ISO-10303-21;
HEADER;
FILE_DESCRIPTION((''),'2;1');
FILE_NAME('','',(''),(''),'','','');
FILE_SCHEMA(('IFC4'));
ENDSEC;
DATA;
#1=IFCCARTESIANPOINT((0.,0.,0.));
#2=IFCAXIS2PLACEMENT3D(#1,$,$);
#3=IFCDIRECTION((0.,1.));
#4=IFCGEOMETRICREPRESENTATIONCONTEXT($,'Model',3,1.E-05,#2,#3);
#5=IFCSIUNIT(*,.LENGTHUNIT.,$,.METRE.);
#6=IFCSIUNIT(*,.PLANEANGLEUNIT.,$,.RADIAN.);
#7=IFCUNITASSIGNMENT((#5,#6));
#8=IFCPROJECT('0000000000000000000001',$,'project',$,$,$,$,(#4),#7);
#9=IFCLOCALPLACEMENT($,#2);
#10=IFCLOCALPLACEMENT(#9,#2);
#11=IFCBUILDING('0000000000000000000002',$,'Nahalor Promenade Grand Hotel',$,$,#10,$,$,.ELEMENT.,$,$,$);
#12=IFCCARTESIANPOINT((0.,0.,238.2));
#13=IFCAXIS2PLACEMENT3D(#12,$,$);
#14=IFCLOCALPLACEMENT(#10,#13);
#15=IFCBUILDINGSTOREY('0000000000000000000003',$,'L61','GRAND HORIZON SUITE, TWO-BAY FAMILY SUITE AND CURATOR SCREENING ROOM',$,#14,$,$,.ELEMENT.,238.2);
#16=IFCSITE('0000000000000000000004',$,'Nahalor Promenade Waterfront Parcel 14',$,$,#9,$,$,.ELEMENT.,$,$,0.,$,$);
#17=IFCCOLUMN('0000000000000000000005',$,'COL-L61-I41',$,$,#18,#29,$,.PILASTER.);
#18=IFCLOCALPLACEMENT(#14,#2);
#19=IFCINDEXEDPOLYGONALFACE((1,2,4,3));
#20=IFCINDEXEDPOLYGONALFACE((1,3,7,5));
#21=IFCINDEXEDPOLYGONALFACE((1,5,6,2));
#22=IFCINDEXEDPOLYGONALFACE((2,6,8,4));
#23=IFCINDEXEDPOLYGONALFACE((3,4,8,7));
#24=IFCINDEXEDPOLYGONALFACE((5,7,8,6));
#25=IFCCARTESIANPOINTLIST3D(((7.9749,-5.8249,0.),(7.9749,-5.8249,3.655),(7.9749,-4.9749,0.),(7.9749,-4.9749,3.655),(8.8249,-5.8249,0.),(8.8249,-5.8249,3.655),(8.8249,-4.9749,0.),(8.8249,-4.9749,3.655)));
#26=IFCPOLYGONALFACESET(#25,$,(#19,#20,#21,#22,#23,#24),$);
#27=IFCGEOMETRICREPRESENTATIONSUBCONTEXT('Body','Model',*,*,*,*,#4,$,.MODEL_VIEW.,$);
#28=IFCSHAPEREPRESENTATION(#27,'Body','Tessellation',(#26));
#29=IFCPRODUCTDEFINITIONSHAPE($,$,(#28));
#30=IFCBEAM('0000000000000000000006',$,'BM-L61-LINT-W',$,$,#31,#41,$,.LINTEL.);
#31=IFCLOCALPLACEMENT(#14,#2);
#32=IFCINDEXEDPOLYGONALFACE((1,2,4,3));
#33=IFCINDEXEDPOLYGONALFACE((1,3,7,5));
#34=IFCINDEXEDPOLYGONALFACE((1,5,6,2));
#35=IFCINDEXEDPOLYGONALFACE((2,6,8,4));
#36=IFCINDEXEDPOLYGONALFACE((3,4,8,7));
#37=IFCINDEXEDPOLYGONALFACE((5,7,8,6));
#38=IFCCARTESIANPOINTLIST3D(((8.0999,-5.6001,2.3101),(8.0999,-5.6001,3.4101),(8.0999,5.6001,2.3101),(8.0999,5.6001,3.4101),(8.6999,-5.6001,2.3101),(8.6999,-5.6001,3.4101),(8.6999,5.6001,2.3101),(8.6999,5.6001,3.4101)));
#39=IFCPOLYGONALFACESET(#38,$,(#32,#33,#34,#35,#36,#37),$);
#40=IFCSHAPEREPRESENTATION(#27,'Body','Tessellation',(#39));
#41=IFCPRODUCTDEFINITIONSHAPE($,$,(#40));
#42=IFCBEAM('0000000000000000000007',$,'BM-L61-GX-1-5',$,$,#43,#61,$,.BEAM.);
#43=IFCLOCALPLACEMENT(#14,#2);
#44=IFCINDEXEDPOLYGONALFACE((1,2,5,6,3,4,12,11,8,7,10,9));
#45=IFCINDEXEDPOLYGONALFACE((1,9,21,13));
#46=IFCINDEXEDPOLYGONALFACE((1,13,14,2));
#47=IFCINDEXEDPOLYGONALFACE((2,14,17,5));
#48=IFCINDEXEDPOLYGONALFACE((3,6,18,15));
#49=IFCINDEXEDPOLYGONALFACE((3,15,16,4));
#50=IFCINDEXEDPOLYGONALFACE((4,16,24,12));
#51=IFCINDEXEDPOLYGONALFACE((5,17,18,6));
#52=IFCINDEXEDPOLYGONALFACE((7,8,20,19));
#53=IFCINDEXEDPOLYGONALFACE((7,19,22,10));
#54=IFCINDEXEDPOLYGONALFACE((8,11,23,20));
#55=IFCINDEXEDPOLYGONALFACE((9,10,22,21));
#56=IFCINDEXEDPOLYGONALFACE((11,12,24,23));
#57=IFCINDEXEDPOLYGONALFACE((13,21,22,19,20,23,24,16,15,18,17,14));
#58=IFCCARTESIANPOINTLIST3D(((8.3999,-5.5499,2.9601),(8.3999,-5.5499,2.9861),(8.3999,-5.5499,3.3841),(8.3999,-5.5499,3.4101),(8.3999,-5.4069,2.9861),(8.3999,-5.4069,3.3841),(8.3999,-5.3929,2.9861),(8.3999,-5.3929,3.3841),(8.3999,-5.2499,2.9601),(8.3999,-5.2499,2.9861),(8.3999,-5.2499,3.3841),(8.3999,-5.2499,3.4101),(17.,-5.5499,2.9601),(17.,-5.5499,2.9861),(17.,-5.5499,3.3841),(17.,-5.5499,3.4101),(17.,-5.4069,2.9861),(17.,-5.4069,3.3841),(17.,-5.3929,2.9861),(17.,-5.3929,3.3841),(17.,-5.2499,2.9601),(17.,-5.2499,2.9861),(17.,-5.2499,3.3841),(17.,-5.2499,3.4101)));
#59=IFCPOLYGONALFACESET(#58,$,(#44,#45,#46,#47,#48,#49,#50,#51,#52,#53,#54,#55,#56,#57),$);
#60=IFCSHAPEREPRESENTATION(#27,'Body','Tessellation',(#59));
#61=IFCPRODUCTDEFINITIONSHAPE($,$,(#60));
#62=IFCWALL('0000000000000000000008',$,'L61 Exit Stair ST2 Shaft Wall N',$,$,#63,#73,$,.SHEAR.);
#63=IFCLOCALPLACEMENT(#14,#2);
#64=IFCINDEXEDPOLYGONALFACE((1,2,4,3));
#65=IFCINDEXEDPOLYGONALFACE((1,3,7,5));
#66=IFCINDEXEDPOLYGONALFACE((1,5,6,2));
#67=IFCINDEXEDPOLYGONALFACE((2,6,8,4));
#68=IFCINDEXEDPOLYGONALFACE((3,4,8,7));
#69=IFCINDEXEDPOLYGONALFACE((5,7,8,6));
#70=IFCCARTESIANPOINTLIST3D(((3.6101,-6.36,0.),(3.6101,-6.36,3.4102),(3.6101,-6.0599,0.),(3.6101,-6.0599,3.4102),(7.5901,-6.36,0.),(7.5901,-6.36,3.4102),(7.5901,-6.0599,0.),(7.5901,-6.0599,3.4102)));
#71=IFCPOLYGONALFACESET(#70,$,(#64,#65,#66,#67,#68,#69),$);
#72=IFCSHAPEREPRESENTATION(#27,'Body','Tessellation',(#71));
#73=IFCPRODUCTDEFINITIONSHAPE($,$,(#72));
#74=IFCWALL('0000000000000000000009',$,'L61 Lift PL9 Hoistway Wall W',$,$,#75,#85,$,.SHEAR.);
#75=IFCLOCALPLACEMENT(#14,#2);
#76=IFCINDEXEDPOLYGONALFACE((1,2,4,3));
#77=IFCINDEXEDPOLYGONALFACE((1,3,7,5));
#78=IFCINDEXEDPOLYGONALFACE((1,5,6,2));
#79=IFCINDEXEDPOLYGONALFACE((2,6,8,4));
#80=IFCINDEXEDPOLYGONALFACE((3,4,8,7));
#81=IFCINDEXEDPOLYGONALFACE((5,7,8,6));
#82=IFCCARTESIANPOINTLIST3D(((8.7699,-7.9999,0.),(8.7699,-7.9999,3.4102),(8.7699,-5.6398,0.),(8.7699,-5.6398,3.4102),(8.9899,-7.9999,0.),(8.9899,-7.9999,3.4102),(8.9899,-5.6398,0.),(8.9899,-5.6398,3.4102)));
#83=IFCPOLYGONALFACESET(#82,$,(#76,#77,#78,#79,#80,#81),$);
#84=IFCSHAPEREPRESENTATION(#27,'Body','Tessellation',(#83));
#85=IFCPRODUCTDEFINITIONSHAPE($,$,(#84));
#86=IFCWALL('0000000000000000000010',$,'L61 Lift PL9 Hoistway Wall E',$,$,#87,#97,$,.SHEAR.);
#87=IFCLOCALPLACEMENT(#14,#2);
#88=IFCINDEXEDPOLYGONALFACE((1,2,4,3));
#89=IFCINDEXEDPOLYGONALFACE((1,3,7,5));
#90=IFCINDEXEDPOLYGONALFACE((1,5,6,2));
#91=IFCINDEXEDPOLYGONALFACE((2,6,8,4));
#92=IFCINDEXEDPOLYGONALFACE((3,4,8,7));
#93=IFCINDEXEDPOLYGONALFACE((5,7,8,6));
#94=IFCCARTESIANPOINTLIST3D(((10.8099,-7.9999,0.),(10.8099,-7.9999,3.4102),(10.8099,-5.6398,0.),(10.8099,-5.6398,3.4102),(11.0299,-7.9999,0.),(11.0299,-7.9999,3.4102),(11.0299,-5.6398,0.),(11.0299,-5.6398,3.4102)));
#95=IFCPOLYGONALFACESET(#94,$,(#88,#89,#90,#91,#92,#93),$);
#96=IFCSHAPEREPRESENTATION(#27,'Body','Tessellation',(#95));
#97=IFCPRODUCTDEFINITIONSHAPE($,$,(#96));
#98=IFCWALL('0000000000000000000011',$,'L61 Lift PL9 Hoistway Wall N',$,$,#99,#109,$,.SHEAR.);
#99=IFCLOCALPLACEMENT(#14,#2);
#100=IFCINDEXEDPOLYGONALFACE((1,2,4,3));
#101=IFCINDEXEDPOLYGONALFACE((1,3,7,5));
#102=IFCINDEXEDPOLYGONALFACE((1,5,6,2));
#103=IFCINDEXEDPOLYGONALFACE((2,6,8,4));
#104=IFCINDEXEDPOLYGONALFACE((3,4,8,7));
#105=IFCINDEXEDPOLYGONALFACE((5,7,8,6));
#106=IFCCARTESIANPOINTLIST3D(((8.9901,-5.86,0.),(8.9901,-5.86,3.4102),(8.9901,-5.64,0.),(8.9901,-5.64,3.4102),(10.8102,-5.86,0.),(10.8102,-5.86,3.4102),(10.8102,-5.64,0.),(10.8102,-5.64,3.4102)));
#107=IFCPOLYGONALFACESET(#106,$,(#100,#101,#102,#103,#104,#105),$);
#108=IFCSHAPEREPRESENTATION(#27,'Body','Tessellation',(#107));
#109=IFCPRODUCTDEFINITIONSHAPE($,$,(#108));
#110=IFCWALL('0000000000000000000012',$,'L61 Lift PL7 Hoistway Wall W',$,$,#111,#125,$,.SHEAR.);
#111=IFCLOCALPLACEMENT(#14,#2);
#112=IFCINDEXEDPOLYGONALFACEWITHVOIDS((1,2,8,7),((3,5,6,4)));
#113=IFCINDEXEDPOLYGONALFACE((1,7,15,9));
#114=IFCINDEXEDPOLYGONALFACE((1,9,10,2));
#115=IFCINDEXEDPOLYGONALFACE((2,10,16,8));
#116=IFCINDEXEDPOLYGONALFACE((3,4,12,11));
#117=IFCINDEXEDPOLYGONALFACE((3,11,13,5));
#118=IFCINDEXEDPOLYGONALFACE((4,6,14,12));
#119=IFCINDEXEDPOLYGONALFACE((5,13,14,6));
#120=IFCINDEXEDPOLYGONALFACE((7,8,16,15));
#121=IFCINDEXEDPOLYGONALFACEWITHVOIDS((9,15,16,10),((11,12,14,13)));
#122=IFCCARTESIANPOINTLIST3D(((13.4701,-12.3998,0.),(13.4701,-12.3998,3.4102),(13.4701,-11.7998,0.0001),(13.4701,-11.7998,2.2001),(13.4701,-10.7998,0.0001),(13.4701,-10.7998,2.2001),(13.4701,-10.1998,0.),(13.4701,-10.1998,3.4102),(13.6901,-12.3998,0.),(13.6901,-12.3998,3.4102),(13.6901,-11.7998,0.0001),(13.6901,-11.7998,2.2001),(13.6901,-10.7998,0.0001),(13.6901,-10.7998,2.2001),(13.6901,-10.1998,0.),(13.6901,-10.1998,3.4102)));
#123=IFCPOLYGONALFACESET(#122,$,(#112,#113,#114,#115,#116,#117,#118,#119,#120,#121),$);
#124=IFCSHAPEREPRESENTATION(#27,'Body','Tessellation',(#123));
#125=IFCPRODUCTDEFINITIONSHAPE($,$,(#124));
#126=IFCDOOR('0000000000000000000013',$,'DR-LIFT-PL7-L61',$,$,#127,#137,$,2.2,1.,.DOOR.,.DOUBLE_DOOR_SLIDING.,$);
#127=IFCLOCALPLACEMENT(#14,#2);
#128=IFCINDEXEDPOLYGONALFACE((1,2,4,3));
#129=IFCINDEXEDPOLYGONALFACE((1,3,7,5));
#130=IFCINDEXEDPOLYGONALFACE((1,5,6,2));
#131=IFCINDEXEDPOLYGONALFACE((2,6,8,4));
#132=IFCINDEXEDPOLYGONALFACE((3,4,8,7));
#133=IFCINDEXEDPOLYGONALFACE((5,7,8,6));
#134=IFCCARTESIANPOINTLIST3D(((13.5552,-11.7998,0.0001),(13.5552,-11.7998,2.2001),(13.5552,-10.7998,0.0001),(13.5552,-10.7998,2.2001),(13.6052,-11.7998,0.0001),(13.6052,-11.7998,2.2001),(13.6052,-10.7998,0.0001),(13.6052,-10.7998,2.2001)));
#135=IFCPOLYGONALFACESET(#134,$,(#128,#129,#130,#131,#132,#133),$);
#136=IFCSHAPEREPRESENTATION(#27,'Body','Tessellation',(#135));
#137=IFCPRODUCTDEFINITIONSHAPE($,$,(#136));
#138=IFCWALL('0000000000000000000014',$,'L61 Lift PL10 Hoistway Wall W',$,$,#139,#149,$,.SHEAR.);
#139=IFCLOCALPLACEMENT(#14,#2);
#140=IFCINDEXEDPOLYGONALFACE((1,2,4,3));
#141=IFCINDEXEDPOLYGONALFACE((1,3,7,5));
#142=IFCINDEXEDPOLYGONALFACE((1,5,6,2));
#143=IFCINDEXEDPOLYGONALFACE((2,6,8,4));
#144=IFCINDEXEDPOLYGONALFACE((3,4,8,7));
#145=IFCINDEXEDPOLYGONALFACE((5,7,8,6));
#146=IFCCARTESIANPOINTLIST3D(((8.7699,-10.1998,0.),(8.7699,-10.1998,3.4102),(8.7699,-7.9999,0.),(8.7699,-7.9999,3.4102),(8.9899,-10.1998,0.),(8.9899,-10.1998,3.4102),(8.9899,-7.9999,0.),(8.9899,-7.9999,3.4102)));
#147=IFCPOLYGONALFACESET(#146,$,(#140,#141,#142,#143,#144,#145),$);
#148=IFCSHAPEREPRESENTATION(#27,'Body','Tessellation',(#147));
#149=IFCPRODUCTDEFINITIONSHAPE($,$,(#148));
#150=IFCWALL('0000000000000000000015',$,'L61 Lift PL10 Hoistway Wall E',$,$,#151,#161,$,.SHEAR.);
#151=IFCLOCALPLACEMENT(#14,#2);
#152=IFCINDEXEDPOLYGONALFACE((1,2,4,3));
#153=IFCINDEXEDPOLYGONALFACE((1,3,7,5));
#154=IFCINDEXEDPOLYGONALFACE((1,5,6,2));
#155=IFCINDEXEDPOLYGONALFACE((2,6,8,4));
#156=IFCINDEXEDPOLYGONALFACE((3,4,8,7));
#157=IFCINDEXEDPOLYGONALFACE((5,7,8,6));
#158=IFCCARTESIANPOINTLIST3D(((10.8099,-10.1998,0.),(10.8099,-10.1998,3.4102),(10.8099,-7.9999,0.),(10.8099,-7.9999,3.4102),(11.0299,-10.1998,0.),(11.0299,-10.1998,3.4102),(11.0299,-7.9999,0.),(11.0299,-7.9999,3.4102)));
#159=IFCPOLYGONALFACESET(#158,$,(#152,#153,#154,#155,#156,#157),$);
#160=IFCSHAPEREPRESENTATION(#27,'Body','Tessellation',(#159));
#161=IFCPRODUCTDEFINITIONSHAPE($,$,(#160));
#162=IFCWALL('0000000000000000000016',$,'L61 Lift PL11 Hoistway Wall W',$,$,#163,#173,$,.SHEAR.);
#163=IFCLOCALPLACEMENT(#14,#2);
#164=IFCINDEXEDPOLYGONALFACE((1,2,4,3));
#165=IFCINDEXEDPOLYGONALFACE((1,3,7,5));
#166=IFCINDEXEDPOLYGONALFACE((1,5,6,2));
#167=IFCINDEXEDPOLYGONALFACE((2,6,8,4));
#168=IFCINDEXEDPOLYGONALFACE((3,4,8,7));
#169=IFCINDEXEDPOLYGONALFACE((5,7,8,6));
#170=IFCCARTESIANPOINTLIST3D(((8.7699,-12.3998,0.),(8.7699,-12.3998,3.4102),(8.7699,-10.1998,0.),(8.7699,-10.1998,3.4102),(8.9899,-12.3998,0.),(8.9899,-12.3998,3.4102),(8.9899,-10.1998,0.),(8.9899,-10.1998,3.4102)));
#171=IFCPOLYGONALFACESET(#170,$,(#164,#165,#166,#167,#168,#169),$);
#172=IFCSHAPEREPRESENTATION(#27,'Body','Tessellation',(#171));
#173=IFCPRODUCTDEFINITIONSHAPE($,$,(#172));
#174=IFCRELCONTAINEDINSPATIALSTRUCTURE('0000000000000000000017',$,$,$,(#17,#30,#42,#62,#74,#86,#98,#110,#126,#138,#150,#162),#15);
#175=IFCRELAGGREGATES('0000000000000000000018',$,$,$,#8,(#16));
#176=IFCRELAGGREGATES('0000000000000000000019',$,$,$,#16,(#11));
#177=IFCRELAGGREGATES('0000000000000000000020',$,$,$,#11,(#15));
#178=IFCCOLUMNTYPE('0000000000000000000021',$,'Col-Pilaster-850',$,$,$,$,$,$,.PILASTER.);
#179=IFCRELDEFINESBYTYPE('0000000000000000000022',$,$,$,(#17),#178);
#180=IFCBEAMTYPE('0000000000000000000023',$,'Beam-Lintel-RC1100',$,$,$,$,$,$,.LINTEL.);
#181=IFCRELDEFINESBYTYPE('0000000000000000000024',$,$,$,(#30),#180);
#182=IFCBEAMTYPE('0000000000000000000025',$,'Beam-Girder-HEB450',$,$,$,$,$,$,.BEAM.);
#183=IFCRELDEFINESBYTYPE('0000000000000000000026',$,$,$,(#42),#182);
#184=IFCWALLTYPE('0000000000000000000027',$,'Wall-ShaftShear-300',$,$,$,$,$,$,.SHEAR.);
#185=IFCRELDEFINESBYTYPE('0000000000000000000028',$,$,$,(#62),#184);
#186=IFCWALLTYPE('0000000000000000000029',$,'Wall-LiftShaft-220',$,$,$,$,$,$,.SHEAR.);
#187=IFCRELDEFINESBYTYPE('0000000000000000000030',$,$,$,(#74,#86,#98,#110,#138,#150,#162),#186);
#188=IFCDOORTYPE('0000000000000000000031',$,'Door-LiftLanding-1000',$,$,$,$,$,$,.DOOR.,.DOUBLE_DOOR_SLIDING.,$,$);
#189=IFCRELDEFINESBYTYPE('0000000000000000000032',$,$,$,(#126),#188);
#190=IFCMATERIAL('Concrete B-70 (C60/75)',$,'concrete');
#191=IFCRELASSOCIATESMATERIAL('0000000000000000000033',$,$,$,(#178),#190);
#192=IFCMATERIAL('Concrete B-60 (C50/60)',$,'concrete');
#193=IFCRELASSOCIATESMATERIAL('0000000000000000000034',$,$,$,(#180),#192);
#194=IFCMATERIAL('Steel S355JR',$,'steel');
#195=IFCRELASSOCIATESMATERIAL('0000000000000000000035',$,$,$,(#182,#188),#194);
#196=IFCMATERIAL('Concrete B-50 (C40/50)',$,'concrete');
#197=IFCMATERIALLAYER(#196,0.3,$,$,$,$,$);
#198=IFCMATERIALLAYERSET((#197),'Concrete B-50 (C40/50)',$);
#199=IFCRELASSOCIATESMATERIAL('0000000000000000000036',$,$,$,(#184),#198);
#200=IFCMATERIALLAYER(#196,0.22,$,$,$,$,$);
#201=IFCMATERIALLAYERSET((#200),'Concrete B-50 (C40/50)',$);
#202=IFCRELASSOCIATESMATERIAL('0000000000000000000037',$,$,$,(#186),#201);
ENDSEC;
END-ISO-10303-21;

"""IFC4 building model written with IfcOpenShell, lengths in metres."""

from ifc_helpers import new_model, si_unit, direction, frame, frame_2d, origin, origin_2d, place, context, subcontext, project, spatial, rectangle, i_section, extrude, source, transform, mapped, material, layer, layer_set, material_profile, profile_set, type_object, element, fill, save


model = new_model("IFC4")

# Units and contexts
model_context = context("Model", 3, precision=1e-05, world=origin(), true_north=direction((0.0, 1.0)))
body_context = subcontext(model_context, "Body", "Model", "MODEL_VIEW")
ifc_project = project(units=[si_unit("LENGTHUNIT", "METRE"), si_unit("PLANEANGLEUNIT", "RADIAN")], contexts=[model_context])

# Site, building, storey
site_placement = place(None, origin())
site = spatial("IfcSite", under=ifc_project, at=site_placement, Name="Nahalor Promenade Waterfront Parcel 14", CompositionType="ELEMENT", RefElevation=0.0)
building_placement = place(site_placement, origin())
building = spatial("IfcBuilding", under=site, at=building_placement, Name="Nahalor Promenade Grand Hotel", CompositionType="ELEMENT")
storey_placement = place(building_placement, frame((0.0, 0.0, 238.2)))
storey = spatial("IfcBuildingStorey", under=building, at=storey_placement, Name="L61", Description="GRAND HORIZON SUITE, TWO-BAY FAMILY SUITE AND CURATOR SCREENING ROOM", CompositionType="ELEMENT", Elevation=238.2)

# Column
ifc_material_1 = material(Name="Concrete B-70 (C60/75)", Category="concrete")
ifc_material_profile_1 = material_profile(ifc_material_1, rectangle(XDim=0.85, YDim=0.85, at=origin_2d()), Name="RC 850x850")
ifc_profile_set_1 = profile_set([ifc_material_profile_1], Name="Concrete B-70 (C60/75)")
column_type = type_object("IfcColumnType", Name="Col-Pilaster-850", PredefinedType="PILASTER", material=ifc_profile_set_1)
shared_shape_1 = source(origin(), body_context, "Body", "SweptSolid", [
    extrude(rectangle(XDim=0.85, YDim=0.85, at=origin_2d()), origin(), (0.0, 0.0, 1.0), 3.655),
])
column_placement = place(storey_placement, frame((8.3999, -5.3999, 0.0), z_axis=(0.0, 0.0, 1.0), x_axis=(1.0, 0.0, 0.0)))
element("IfcColumn", 1, at=column_placement, inside=storey, type_object=column_type, Name="COL-L61-I41", PredefinedType="PILASTER", context=body_context, shape_type="MappedRepresentation", body=[
    mapped(shared_shape_1, transform((0.0, 0.0, 0.0), scale=1.0)),
])

# Beams
ifc_material_2 = material(Name="Concrete B-60 (C50/60)", Category="concrete")
ifc_material_profile_2 = material_profile(ifc_material_2, rectangle(XDim=0.6, YDim=1.1, at=origin_2d()), Name="RC 600x1100")
ifc_profile_set_2 = profile_set([ifc_material_profile_2], Name="Concrete B-60 (C50/60)")
beam_type_1 = type_object("IfcBeamType", Name="Beam-Lintel-RC1100", PredefinedType="LINTEL", material=ifc_profile_set_2)
shared_shape_2 = source(origin(), body_context, "Body", "SweptSolid", [
    extrude(rectangle(XDim=0.6, YDim=1.1, at=origin_2d()), origin(), (0.0, 0.0, 1.0), 11.2002),
])
beam_1_placement = place(storey_placement, frame((8.3999, -5.6001, 2.8601), z_axis=(0.0, 1.0, 0.0), x_axis=(-1.0, 0.0, 0.0)))
element("IfcBeam", 2, at=beam_1_placement, inside=storey, type_object=beam_type_1, Name="BM-L61-LINT-W", PredefinedType="LINTEL", context=body_context, shape_type="MappedRepresentation", body=[
    mapped(shared_shape_2, transform((0.0, 0.0, 0.0), scale=1.0)),
])
ifc_material_3 = material(Name="Steel S355JR", Category="steel")
ifc_material_profile_3 = material_profile(ifc_material_3, i_section(OverallWidth=0.3, OverallDepth=0.45, WebThickness=0.014, FlangeThickness=0.026, at=origin_2d()), Name="HEB 450")
ifc_profile_set_3 = profile_set([ifc_material_profile_3], Name="Steel S355JR")
beam_type_2 = type_object("IfcBeamType", Name="Beam-Girder-HEB450", PredefinedType="BEAM", material=ifc_profile_set_3)
shared_shape_3 = source(origin(), body_context, "Body", "SweptSolid", [
    extrude(i_section(OverallWidth=0.3, OverallDepth=0.45, WebThickness=0.014, FlangeThickness=0.026, at=origin_2d()), origin(), (0.0, 0.0, 1.0), 8.6001),
])
beam_2_placement = place(storey_placement, frame((8.3999, -5.3999, 3.1851), z_axis=(1.0, 0.0, 0.0), x_axis=(0.0, 1.0, 0.0)))
element("IfcBeam", 3, at=beam_2_placement, inside=storey, type_object=beam_type_2, Name="BM-L61-GX-1-5", PredefinedType="BEAM", context=body_context, shape_type="MappedRepresentation", body=[
    mapped(shared_shape_3, transform((0.0, 0.0, 0.0), scale=1.0)),
])

# Walls
ifc_material_4 = material(Name="Concrete B-50 (C40/50)", Category="concrete")
ifc_layer_1 = layer(ifc_material_4, 0.3)
ifc_layer_set_1 = layer_set([ifc_layer_1], Name="Concrete B-50 (C40/50)")
wall_type_1 = type_object("IfcWallType", Name="Wall-ShaftShear-300", PredefinedType="SHEAR", material=ifc_layer_set_1)
shared_shape_4 = source(origin(), body_context, "Body", "SweptSolid", [
    extrude(rectangle(XDim=3.98, YDim=0.3, at=frame_2d((1.99, 0.0))), origin(), (0.0, 0.0, 1.0), 3.4102),
])
wall_1_placement = place(storey_placement, frame((3.6101, -6.21, 0.0), z_axis=(0.0, 0.0, 1.0), x_axis=(1.0, 0.0, 0.0)))
element("IfcWall", 4, at=wall_1_placement, inside=storey, type_object=wall_type_1, Name="L61 Exit Stair ST2 Shaft Wall N", PredefinedType="SHEAR", context=body_context, shape_type="MappedRepresentation", body=[
    mapped(shared_shape_4, transform((0.0, 0.0, 0.0), scale=1.0)),
])
ifc_layer_2 = layer(ifc_material_4, 0.22)
ifc_layer_set_2 = layer_set([ifc_layer_2], Name="Concrete B-50 (C40/50)")
wall_type_2 = type_object("IfcWallType", Name="Wall-LiftShaft-220", PredefinedType="SHEAR", material=ifc_layer_set_2)
shared_shape_5 = source(origin(), body_context, "Body", "SweptSolid", [
    extrude(rectangle(XDim=2.3601, YDim=0.22, at=frame_2d((1.1802, 0.0))), origin(), (0.0, 0.0, 1.0), 3.4102),
])
for number, where, z_axis, x_axis, name in (
    (5, (8.8799, -8.0, 0.0), (0.0, 0.0, 1.0), (0.0, 1.0, 0.0), "L61 Lift PL9 Hoistway Wall W"),
    (6, (10.9199, -8.0, 0.0), (0.0, 0.0, 1.0), (0.0, 1.0, 0.0), "L61 Lift PL9 Hoistway Wall E"),
):
    element("IfcWall", number, at=place(storey_placement, frame(where, z_axis=z_axis, x_axis=x_axis)), inside=storey, type_object=wall_type_2, Name=name, PredefinedType="SHEAR", context=body_context, shape_type="MappedRepresentation", body=[
        mapped(shared_shape_5, transform((0.0, 0.0, 0.0), scale=1.0)),
    ])
shared_shape_6 = source(origin(), body_context, "Body", "SweptSolid", [
    extrude(rectangle(XDim=1.8201, YDim=0.22, at=frame_2d((0.9102, 0.0))), origin(), (0.0, 0.0, 1.0), 3.4102),
])
wall_2_placement = place(storey_placement, frame((8.99, -5.75, 0.0), z_axis=(0.0, 0.0, 1.0), x_axis=(1.0, 0.0, 0.0)))
element("IfcWall", 7, at=wall_2_placement, inside=storey, type_object=wall_type_2, Name="L61 Lift PL9 Hoistway Wall N", PredefinedType="SHEAR", context=body_context, shape_type="MappedRepresentation", body=[
    mapped(shared_shape_6, transform((0.0, 0.0, 0.0), scale=1.0)),
])

# Wall, opening, door
shared_shape_7 = source(origin(), body_context, "Body", "SweptSolid", [
    extrude(rectangle(XDim=2.2, YDim=0.22, at=frame_2d((1.1001, 0.0))), origin(), (0.0, 0.0, 1.0), 3.4102),
])
wall_3_placement = place(storey_placement, frame((13.5801, -12.3999, 0.0), z_axis=(0.0, 0.0, 1.0), x_axis=(0.0, 1.0, 0.0)))
wall_3 = element("IfcWall", 8, at=wall_3_placement, inside=storey, type_object=wall_type_2, Name="L61 Lift PL7 Hoistway Wall W", PredefinedType="SHEAR", context=body_context, shape_type="MappedRepresentation", body=[
    mapped(shared_shape_7, transform((0.0, 0.0, 0.0), scale=1.0)),
])
opening_1_placement = place(wall_3_placement, frame((0.6001, 0.0, 0.0)))
opening_1 = element("IfcOpeningElement", 9, at=opening_1_placement, cuts=wall_3, PredefinedType="OPENING", context=body_context, shape_type="SweptSolid", body=[
    extrude(rectangle(XDim=1.0, YDim=2.2, at=frame_2d((0.5, 1.1001))), frame((0.0, 0.1199, 0.0), z_axis=(0.0, -1.0, 0.0), x_axis=(1.0, 0.0, 0.0)), (0.0, 0.0, 1.0), 0.24),
])
door_type = type_object("IfcDoorType", Name="Door-LiftLanding-1000", OperationType="DOUBLE_DOOR_SLIDING", PredefinedType="DOOR", material=ifc_material_3)
shared_shape_8 = source(origin(), body_context, "Body", "SweptSolid", [
    extrude(rectangle(XDim=1.0, YDim=2.2, at=frame_2d((0.5, 1.1001))), frame((0.0, 0.0249, 0.0), z_axis=(0.0, -1.0, 0.0), x_axis=(1.0, 0.0, 0.0)), (0.0, 0.0, 1.0), 0.05),
])
door_1_placement = place(opening_1_placement, origin())
door_1 = element("IfcDoor", 10, at=door_1_placement, inside=storey, type_object=door_type, Name="DR-LIFT-PL7-L61", OperationType="DOUBLE_DOOR_SLIDING", OverallHeight=2.2, OverallWidth=1.0, PredefinedType="DOOR", context=body_context, shape_type="MappedRepresentation", body=[
    mapped(shared_shape_8, transform((0.0, 0.0, 0.0), scale=1.0)),
])
fill(opening_1, door_1)

# Walls
for number, where, z_axis, x_axis, name in (
    (11, (8.8799, -10.2, 0.0), (0.0, 0.0, 1.0), (0.0, 1.0, 0.0), "L61 Lift PL10 Hoistway Wall W"),
    (12, (10.9199, -10.2, 0.0), (0.0, 0.0, 1.0), (0.0, 1.0, 0.0), "L61 Lift PL10 Hoistway Wall E"),
    (13, (8.8799, -12.3999, 0.0), (0.0, 0.0, 1.0), (0.0, 1.0, 0.0), "L61 Lift PL11 Hoistway Wall W"),
):
    element("IfcWall", number, at=place(storey_placement, frame(where, z_axis=z_axis, x_axis=x_axis)), inside=storey, type_object=wall_type_2, Name=name, PredefinedType="SHEAR", context=body_context, shape_type="MappedRepresentation", body=[
        mapped(shared_shape_7, transform((0.0, 0.0, 0.0), scale=1.0)),
    ])

save(model, "model.ifc")
